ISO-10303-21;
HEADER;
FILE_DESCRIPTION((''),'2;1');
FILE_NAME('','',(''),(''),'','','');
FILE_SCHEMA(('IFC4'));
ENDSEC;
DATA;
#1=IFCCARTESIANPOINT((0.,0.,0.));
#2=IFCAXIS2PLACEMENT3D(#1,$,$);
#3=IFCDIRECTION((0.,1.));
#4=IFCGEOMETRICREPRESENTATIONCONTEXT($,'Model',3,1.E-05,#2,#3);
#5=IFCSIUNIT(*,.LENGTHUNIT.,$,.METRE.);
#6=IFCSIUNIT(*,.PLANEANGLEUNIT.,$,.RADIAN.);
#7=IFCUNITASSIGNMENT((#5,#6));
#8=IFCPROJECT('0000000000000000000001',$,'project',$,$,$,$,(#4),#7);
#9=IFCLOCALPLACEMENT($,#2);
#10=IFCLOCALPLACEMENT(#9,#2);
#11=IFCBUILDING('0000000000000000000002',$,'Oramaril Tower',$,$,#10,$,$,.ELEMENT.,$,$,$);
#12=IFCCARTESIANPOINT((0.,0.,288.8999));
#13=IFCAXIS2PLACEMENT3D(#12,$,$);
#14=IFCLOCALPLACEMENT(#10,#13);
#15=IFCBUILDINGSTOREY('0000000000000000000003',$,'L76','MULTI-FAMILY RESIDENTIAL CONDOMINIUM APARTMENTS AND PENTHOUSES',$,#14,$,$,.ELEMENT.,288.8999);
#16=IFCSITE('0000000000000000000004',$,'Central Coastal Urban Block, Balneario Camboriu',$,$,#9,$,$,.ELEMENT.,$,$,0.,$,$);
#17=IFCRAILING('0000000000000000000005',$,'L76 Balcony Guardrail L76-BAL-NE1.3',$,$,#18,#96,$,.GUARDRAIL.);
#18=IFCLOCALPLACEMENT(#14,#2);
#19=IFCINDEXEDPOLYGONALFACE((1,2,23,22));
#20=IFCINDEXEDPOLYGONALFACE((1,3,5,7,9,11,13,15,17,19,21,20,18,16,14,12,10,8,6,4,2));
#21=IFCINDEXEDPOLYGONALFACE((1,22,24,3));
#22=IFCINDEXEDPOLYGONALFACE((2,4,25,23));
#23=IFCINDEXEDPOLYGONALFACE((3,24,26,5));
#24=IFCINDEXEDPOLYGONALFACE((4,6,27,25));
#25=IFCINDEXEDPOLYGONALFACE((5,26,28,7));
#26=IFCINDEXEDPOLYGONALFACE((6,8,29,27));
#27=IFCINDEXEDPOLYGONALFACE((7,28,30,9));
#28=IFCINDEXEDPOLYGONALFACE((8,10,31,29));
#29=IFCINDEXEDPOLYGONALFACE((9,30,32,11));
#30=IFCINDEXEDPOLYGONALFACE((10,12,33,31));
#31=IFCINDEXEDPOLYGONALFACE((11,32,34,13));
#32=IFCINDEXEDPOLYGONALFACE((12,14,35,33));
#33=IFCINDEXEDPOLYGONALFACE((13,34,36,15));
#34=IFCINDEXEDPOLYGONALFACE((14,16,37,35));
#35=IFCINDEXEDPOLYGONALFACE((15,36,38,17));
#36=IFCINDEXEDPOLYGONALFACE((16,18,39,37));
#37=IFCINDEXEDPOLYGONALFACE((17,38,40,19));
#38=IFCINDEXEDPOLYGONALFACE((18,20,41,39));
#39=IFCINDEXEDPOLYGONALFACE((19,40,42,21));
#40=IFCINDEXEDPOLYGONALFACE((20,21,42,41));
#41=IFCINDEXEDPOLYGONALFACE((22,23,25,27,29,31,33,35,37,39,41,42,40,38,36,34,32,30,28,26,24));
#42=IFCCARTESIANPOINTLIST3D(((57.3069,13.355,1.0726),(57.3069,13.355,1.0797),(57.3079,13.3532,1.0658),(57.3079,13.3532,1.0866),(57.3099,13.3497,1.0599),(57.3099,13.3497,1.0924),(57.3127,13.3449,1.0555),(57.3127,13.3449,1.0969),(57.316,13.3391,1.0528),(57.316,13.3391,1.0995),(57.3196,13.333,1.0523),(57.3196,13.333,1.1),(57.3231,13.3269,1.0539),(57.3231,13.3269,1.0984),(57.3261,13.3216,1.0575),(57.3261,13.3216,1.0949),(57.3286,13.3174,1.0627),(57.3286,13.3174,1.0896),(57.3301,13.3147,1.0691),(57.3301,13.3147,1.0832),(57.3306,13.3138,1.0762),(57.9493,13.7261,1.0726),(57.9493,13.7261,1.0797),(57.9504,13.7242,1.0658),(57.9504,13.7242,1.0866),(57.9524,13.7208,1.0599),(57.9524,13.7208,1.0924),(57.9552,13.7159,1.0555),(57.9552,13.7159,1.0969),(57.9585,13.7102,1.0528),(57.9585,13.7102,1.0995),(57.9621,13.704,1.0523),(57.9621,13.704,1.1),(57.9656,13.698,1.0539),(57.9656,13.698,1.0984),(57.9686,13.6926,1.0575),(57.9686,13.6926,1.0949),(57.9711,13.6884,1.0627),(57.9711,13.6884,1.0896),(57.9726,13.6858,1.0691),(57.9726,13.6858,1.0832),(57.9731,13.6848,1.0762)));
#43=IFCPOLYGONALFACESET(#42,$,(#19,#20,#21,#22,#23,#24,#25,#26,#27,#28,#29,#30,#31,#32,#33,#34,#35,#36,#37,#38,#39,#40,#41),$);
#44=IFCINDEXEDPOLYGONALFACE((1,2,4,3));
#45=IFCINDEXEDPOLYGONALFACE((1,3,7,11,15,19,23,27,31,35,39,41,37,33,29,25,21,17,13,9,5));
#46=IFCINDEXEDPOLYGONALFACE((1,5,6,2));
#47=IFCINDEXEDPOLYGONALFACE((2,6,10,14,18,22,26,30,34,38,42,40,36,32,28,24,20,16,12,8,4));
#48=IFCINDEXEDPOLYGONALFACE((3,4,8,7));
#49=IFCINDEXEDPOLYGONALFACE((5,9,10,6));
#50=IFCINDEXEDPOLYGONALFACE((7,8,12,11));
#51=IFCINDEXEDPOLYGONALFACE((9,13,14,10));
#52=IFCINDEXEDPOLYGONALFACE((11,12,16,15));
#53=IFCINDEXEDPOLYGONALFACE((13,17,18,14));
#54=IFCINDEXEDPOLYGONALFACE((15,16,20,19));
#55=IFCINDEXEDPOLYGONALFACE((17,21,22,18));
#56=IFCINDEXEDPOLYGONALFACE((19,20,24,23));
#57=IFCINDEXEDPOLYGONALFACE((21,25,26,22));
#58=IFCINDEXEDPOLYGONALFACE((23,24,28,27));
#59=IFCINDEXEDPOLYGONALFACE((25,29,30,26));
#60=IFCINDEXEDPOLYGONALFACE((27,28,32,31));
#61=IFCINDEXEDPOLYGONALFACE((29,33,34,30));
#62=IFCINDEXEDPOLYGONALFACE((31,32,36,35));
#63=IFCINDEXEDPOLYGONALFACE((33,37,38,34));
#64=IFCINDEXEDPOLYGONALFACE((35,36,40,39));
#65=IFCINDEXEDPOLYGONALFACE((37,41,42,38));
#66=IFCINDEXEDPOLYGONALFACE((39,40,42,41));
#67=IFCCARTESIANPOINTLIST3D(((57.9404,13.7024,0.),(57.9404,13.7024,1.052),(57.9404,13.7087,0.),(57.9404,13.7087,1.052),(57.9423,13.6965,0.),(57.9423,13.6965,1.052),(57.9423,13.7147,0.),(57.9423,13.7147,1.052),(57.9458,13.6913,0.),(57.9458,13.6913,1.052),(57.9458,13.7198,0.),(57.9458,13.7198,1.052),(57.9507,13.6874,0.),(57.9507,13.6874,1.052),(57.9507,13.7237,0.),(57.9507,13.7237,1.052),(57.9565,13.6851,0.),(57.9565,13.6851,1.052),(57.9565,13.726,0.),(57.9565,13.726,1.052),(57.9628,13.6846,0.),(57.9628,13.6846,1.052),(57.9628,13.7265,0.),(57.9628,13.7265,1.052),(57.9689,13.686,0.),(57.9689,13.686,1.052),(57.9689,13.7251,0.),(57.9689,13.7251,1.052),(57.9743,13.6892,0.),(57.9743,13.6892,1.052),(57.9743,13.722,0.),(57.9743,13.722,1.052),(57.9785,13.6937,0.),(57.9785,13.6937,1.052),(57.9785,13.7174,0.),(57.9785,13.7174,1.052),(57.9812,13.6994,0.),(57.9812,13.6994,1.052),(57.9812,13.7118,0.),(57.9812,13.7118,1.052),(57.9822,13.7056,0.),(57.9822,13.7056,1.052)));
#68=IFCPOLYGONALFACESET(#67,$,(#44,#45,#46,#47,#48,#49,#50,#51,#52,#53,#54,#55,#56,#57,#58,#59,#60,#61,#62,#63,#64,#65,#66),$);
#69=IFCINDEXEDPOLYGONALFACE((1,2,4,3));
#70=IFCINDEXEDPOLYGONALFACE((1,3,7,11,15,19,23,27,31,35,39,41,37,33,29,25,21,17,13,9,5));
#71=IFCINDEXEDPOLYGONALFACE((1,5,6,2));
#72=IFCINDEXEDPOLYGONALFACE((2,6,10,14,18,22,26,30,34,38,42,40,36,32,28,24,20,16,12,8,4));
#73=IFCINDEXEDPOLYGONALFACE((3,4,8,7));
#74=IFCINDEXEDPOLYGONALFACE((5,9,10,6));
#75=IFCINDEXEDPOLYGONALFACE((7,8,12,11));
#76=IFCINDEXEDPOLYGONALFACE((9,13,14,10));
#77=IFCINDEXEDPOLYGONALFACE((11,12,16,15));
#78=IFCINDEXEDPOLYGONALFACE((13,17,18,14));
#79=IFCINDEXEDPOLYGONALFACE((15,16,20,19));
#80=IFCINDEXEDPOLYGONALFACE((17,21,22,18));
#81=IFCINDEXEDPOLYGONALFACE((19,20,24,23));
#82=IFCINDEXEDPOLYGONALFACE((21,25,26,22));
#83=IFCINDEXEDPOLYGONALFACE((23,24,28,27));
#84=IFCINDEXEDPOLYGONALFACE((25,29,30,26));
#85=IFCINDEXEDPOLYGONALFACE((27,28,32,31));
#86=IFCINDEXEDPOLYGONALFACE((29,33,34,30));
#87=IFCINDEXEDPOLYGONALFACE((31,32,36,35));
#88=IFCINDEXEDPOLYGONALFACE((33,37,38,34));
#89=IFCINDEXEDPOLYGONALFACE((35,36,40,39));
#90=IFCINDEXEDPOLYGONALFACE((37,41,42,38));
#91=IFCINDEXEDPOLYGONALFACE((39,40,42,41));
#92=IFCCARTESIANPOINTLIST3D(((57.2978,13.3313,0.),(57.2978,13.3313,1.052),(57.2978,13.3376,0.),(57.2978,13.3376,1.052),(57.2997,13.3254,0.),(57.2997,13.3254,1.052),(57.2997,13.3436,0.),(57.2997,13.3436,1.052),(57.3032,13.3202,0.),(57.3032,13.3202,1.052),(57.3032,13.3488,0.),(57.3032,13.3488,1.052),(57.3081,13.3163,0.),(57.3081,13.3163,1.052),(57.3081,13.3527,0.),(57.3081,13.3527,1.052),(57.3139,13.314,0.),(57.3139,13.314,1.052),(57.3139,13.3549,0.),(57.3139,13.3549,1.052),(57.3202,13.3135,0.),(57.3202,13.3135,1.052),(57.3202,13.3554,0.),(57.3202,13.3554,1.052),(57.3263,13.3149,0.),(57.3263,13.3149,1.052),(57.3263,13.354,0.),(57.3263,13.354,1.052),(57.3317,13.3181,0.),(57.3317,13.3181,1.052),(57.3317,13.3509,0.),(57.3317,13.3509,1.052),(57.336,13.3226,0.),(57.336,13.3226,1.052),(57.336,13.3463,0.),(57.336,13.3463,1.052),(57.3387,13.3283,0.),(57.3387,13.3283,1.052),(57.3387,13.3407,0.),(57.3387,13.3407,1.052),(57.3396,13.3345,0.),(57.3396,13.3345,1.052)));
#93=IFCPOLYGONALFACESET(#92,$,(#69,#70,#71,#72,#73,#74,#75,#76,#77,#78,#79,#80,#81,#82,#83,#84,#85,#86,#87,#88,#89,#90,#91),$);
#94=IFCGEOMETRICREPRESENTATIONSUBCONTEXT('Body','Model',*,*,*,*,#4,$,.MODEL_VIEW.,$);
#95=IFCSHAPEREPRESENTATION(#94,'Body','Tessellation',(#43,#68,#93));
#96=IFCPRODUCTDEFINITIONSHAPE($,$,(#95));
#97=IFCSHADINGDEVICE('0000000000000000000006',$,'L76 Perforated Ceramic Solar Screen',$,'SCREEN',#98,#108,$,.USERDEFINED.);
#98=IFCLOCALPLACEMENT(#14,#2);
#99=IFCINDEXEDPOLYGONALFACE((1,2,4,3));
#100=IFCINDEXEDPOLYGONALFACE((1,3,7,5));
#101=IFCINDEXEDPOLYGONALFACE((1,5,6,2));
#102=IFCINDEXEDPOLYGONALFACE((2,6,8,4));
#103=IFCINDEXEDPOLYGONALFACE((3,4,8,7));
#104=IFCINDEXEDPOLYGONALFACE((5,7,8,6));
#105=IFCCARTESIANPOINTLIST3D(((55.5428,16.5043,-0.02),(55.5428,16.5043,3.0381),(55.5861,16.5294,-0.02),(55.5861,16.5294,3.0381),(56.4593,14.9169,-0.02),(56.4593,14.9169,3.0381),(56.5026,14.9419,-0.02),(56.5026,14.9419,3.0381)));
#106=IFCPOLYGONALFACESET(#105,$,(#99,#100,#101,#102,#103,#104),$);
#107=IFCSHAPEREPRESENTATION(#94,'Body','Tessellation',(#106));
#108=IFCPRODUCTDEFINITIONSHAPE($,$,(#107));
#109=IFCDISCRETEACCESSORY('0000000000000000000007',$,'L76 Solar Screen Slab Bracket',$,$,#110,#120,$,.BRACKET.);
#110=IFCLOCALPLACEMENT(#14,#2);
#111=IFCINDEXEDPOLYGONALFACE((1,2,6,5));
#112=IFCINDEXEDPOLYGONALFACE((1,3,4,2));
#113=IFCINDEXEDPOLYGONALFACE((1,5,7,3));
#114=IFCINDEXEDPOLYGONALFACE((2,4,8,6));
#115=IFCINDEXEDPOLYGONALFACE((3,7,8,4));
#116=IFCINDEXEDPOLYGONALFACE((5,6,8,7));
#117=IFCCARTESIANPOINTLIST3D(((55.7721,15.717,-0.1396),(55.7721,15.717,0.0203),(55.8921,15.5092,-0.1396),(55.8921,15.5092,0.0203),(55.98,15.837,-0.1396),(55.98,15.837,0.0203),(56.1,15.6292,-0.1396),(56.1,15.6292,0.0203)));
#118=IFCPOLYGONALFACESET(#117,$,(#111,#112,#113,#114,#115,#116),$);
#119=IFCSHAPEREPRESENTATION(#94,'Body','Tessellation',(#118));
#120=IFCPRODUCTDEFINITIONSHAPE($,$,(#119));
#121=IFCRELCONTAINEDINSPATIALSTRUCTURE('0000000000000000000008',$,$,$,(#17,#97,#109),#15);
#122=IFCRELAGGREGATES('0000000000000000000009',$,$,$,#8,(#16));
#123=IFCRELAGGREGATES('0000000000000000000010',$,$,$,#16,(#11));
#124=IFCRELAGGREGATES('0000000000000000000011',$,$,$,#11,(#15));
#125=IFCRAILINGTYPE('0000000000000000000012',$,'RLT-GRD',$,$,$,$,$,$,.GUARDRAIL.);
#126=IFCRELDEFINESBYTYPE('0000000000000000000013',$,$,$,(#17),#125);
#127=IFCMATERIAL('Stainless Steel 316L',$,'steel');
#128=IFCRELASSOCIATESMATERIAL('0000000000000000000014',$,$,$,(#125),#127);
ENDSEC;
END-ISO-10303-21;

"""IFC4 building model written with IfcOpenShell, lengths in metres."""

from ifc_helpers import new_model, si_unit, direction, frame, origin, origin_2d, place, context, subcontext, project, spatial, rectangle, circle, extrude, material, type_object, element, save


model = new_model("IFC4")

# Units and contexts
model_context = context("Model", 3, precision=1e-05, world=origin(), true_north=direction((0.0, 1.0)))
body_context = subcontext(model_context, "Body", "Model", "MODEL_VIEW")
ifc_project = project(units=[si_unit("LENGTHUNIT", "METRE"), si_unit("PLANEANGLEUNIT", "RADIAN")], contexts=[model_context])

# Site, building, storey
site_placement = place(None, origin())
site = spatial("IfcSite", under=ifc_project, at=site_placement, Name="Central Coastal Urban Block, Balneario Camboriu", CompositionType="ELEMENT", RefElevation=0.0)
building_placement = place(site_placement, origin())
building = spatial("IfcBuilding", under=site, at=building_placement, Name="Oramaril Tower", CompositionType="ELEMENT")
storey_placement = place(building_placement, frame((0.0, 0.0, 288.8999)))
storey = spatial("IfcBuildingStorey", under=building, at=storey_placement, Name="L76", Description="MULTI-FAMILY RESIDENTIAL CONDOMINIUM APARTMENTS AND PENTHOUSES", CompositionType="ELEMENT", Elevation=288.8999)

# Railing
ifc_material_1 = material(Name="Stainless Steel 316L", Category="steel")
railing_type = type_object("IfcRailingType", Name="RLT-GRD", PredefinedType="GUARDRAIL", material=ifc_material_1)
railing_placement = place(storey_placement, frame((57.9612, 13.7056, 0.0)))
element("IfcRailing", 1, at=railing_placement, inside=storey, type_object=railing_type, Name="L76 Balcony Guardrail L76-BAL-NE1.3", PredefinedType="GUARDRAIL", context=body_context, shape_type="SweptSolid", body=[
    extrude(circle(Radius=0.0239, at=origin_2d()), frame((0.0, 0.0, 1.0762), z_axis=(-0.865966, -0.500102, 0.0), x_axis=(0.500102, -0.865966, 0.0)), (0.0, 0.0, 1.0), 0.7419),
    extrude(circle(Radius=0.021, at=origin_2d()), origin(), (0.0, 0.0, 1.0), 1.052),
    extrude(circle(Radius=0.021, at=origin_2d()), frame((-0.6426, -0.3711, 0.0)), (0.0, 0.0, 1.0), 1.052),
])

# Shading device
shading_device_placement = place(storey_placement, frame((56.0227, 15.7231, -0.02), z_axis=(0.0, 0.0, 1.0), x_axis=(-0.499997, 0.866027, 0.0)))
element("IfcShadingDevice", 2, at=shading_device_placement, inside=storey, Name="L76 Perforated Ceramic Solar Screen", ObjectType="SCREEN", PredefinedType="USERDEFINED", context=body_context, shape_type="SweptSolid", body=[
    extrude(rectangle(XDim=1.833, YDim=0.05, at=origin_2d()), origin(), (0.0, 0.0, 1.0), 3.0581),
])

# Discrete accessory
discrete_accessory_placement = place(storey_placement, frame((55.936, 15.6731, -0.1396), z_axis=(0.0, 0.0, 1.0), x_axis=(-0.499997, 0.866027, 0.0)))
element("IfcDiscreteAccessory", 3, at=discrete_accessory_placement, inside=storey, Name="L76 Solar Screen Slab Bracket", PredefinedType="BRACKET", context=body_context, shape_type="SweptSolid", body=[
    extrude(rectangle(XDim=0.24, YDim=0.24, at=origin_2d()), origin(), (0.0, 0.0, 1.0), 0.1599),
])

save(model, "model.ifc")
